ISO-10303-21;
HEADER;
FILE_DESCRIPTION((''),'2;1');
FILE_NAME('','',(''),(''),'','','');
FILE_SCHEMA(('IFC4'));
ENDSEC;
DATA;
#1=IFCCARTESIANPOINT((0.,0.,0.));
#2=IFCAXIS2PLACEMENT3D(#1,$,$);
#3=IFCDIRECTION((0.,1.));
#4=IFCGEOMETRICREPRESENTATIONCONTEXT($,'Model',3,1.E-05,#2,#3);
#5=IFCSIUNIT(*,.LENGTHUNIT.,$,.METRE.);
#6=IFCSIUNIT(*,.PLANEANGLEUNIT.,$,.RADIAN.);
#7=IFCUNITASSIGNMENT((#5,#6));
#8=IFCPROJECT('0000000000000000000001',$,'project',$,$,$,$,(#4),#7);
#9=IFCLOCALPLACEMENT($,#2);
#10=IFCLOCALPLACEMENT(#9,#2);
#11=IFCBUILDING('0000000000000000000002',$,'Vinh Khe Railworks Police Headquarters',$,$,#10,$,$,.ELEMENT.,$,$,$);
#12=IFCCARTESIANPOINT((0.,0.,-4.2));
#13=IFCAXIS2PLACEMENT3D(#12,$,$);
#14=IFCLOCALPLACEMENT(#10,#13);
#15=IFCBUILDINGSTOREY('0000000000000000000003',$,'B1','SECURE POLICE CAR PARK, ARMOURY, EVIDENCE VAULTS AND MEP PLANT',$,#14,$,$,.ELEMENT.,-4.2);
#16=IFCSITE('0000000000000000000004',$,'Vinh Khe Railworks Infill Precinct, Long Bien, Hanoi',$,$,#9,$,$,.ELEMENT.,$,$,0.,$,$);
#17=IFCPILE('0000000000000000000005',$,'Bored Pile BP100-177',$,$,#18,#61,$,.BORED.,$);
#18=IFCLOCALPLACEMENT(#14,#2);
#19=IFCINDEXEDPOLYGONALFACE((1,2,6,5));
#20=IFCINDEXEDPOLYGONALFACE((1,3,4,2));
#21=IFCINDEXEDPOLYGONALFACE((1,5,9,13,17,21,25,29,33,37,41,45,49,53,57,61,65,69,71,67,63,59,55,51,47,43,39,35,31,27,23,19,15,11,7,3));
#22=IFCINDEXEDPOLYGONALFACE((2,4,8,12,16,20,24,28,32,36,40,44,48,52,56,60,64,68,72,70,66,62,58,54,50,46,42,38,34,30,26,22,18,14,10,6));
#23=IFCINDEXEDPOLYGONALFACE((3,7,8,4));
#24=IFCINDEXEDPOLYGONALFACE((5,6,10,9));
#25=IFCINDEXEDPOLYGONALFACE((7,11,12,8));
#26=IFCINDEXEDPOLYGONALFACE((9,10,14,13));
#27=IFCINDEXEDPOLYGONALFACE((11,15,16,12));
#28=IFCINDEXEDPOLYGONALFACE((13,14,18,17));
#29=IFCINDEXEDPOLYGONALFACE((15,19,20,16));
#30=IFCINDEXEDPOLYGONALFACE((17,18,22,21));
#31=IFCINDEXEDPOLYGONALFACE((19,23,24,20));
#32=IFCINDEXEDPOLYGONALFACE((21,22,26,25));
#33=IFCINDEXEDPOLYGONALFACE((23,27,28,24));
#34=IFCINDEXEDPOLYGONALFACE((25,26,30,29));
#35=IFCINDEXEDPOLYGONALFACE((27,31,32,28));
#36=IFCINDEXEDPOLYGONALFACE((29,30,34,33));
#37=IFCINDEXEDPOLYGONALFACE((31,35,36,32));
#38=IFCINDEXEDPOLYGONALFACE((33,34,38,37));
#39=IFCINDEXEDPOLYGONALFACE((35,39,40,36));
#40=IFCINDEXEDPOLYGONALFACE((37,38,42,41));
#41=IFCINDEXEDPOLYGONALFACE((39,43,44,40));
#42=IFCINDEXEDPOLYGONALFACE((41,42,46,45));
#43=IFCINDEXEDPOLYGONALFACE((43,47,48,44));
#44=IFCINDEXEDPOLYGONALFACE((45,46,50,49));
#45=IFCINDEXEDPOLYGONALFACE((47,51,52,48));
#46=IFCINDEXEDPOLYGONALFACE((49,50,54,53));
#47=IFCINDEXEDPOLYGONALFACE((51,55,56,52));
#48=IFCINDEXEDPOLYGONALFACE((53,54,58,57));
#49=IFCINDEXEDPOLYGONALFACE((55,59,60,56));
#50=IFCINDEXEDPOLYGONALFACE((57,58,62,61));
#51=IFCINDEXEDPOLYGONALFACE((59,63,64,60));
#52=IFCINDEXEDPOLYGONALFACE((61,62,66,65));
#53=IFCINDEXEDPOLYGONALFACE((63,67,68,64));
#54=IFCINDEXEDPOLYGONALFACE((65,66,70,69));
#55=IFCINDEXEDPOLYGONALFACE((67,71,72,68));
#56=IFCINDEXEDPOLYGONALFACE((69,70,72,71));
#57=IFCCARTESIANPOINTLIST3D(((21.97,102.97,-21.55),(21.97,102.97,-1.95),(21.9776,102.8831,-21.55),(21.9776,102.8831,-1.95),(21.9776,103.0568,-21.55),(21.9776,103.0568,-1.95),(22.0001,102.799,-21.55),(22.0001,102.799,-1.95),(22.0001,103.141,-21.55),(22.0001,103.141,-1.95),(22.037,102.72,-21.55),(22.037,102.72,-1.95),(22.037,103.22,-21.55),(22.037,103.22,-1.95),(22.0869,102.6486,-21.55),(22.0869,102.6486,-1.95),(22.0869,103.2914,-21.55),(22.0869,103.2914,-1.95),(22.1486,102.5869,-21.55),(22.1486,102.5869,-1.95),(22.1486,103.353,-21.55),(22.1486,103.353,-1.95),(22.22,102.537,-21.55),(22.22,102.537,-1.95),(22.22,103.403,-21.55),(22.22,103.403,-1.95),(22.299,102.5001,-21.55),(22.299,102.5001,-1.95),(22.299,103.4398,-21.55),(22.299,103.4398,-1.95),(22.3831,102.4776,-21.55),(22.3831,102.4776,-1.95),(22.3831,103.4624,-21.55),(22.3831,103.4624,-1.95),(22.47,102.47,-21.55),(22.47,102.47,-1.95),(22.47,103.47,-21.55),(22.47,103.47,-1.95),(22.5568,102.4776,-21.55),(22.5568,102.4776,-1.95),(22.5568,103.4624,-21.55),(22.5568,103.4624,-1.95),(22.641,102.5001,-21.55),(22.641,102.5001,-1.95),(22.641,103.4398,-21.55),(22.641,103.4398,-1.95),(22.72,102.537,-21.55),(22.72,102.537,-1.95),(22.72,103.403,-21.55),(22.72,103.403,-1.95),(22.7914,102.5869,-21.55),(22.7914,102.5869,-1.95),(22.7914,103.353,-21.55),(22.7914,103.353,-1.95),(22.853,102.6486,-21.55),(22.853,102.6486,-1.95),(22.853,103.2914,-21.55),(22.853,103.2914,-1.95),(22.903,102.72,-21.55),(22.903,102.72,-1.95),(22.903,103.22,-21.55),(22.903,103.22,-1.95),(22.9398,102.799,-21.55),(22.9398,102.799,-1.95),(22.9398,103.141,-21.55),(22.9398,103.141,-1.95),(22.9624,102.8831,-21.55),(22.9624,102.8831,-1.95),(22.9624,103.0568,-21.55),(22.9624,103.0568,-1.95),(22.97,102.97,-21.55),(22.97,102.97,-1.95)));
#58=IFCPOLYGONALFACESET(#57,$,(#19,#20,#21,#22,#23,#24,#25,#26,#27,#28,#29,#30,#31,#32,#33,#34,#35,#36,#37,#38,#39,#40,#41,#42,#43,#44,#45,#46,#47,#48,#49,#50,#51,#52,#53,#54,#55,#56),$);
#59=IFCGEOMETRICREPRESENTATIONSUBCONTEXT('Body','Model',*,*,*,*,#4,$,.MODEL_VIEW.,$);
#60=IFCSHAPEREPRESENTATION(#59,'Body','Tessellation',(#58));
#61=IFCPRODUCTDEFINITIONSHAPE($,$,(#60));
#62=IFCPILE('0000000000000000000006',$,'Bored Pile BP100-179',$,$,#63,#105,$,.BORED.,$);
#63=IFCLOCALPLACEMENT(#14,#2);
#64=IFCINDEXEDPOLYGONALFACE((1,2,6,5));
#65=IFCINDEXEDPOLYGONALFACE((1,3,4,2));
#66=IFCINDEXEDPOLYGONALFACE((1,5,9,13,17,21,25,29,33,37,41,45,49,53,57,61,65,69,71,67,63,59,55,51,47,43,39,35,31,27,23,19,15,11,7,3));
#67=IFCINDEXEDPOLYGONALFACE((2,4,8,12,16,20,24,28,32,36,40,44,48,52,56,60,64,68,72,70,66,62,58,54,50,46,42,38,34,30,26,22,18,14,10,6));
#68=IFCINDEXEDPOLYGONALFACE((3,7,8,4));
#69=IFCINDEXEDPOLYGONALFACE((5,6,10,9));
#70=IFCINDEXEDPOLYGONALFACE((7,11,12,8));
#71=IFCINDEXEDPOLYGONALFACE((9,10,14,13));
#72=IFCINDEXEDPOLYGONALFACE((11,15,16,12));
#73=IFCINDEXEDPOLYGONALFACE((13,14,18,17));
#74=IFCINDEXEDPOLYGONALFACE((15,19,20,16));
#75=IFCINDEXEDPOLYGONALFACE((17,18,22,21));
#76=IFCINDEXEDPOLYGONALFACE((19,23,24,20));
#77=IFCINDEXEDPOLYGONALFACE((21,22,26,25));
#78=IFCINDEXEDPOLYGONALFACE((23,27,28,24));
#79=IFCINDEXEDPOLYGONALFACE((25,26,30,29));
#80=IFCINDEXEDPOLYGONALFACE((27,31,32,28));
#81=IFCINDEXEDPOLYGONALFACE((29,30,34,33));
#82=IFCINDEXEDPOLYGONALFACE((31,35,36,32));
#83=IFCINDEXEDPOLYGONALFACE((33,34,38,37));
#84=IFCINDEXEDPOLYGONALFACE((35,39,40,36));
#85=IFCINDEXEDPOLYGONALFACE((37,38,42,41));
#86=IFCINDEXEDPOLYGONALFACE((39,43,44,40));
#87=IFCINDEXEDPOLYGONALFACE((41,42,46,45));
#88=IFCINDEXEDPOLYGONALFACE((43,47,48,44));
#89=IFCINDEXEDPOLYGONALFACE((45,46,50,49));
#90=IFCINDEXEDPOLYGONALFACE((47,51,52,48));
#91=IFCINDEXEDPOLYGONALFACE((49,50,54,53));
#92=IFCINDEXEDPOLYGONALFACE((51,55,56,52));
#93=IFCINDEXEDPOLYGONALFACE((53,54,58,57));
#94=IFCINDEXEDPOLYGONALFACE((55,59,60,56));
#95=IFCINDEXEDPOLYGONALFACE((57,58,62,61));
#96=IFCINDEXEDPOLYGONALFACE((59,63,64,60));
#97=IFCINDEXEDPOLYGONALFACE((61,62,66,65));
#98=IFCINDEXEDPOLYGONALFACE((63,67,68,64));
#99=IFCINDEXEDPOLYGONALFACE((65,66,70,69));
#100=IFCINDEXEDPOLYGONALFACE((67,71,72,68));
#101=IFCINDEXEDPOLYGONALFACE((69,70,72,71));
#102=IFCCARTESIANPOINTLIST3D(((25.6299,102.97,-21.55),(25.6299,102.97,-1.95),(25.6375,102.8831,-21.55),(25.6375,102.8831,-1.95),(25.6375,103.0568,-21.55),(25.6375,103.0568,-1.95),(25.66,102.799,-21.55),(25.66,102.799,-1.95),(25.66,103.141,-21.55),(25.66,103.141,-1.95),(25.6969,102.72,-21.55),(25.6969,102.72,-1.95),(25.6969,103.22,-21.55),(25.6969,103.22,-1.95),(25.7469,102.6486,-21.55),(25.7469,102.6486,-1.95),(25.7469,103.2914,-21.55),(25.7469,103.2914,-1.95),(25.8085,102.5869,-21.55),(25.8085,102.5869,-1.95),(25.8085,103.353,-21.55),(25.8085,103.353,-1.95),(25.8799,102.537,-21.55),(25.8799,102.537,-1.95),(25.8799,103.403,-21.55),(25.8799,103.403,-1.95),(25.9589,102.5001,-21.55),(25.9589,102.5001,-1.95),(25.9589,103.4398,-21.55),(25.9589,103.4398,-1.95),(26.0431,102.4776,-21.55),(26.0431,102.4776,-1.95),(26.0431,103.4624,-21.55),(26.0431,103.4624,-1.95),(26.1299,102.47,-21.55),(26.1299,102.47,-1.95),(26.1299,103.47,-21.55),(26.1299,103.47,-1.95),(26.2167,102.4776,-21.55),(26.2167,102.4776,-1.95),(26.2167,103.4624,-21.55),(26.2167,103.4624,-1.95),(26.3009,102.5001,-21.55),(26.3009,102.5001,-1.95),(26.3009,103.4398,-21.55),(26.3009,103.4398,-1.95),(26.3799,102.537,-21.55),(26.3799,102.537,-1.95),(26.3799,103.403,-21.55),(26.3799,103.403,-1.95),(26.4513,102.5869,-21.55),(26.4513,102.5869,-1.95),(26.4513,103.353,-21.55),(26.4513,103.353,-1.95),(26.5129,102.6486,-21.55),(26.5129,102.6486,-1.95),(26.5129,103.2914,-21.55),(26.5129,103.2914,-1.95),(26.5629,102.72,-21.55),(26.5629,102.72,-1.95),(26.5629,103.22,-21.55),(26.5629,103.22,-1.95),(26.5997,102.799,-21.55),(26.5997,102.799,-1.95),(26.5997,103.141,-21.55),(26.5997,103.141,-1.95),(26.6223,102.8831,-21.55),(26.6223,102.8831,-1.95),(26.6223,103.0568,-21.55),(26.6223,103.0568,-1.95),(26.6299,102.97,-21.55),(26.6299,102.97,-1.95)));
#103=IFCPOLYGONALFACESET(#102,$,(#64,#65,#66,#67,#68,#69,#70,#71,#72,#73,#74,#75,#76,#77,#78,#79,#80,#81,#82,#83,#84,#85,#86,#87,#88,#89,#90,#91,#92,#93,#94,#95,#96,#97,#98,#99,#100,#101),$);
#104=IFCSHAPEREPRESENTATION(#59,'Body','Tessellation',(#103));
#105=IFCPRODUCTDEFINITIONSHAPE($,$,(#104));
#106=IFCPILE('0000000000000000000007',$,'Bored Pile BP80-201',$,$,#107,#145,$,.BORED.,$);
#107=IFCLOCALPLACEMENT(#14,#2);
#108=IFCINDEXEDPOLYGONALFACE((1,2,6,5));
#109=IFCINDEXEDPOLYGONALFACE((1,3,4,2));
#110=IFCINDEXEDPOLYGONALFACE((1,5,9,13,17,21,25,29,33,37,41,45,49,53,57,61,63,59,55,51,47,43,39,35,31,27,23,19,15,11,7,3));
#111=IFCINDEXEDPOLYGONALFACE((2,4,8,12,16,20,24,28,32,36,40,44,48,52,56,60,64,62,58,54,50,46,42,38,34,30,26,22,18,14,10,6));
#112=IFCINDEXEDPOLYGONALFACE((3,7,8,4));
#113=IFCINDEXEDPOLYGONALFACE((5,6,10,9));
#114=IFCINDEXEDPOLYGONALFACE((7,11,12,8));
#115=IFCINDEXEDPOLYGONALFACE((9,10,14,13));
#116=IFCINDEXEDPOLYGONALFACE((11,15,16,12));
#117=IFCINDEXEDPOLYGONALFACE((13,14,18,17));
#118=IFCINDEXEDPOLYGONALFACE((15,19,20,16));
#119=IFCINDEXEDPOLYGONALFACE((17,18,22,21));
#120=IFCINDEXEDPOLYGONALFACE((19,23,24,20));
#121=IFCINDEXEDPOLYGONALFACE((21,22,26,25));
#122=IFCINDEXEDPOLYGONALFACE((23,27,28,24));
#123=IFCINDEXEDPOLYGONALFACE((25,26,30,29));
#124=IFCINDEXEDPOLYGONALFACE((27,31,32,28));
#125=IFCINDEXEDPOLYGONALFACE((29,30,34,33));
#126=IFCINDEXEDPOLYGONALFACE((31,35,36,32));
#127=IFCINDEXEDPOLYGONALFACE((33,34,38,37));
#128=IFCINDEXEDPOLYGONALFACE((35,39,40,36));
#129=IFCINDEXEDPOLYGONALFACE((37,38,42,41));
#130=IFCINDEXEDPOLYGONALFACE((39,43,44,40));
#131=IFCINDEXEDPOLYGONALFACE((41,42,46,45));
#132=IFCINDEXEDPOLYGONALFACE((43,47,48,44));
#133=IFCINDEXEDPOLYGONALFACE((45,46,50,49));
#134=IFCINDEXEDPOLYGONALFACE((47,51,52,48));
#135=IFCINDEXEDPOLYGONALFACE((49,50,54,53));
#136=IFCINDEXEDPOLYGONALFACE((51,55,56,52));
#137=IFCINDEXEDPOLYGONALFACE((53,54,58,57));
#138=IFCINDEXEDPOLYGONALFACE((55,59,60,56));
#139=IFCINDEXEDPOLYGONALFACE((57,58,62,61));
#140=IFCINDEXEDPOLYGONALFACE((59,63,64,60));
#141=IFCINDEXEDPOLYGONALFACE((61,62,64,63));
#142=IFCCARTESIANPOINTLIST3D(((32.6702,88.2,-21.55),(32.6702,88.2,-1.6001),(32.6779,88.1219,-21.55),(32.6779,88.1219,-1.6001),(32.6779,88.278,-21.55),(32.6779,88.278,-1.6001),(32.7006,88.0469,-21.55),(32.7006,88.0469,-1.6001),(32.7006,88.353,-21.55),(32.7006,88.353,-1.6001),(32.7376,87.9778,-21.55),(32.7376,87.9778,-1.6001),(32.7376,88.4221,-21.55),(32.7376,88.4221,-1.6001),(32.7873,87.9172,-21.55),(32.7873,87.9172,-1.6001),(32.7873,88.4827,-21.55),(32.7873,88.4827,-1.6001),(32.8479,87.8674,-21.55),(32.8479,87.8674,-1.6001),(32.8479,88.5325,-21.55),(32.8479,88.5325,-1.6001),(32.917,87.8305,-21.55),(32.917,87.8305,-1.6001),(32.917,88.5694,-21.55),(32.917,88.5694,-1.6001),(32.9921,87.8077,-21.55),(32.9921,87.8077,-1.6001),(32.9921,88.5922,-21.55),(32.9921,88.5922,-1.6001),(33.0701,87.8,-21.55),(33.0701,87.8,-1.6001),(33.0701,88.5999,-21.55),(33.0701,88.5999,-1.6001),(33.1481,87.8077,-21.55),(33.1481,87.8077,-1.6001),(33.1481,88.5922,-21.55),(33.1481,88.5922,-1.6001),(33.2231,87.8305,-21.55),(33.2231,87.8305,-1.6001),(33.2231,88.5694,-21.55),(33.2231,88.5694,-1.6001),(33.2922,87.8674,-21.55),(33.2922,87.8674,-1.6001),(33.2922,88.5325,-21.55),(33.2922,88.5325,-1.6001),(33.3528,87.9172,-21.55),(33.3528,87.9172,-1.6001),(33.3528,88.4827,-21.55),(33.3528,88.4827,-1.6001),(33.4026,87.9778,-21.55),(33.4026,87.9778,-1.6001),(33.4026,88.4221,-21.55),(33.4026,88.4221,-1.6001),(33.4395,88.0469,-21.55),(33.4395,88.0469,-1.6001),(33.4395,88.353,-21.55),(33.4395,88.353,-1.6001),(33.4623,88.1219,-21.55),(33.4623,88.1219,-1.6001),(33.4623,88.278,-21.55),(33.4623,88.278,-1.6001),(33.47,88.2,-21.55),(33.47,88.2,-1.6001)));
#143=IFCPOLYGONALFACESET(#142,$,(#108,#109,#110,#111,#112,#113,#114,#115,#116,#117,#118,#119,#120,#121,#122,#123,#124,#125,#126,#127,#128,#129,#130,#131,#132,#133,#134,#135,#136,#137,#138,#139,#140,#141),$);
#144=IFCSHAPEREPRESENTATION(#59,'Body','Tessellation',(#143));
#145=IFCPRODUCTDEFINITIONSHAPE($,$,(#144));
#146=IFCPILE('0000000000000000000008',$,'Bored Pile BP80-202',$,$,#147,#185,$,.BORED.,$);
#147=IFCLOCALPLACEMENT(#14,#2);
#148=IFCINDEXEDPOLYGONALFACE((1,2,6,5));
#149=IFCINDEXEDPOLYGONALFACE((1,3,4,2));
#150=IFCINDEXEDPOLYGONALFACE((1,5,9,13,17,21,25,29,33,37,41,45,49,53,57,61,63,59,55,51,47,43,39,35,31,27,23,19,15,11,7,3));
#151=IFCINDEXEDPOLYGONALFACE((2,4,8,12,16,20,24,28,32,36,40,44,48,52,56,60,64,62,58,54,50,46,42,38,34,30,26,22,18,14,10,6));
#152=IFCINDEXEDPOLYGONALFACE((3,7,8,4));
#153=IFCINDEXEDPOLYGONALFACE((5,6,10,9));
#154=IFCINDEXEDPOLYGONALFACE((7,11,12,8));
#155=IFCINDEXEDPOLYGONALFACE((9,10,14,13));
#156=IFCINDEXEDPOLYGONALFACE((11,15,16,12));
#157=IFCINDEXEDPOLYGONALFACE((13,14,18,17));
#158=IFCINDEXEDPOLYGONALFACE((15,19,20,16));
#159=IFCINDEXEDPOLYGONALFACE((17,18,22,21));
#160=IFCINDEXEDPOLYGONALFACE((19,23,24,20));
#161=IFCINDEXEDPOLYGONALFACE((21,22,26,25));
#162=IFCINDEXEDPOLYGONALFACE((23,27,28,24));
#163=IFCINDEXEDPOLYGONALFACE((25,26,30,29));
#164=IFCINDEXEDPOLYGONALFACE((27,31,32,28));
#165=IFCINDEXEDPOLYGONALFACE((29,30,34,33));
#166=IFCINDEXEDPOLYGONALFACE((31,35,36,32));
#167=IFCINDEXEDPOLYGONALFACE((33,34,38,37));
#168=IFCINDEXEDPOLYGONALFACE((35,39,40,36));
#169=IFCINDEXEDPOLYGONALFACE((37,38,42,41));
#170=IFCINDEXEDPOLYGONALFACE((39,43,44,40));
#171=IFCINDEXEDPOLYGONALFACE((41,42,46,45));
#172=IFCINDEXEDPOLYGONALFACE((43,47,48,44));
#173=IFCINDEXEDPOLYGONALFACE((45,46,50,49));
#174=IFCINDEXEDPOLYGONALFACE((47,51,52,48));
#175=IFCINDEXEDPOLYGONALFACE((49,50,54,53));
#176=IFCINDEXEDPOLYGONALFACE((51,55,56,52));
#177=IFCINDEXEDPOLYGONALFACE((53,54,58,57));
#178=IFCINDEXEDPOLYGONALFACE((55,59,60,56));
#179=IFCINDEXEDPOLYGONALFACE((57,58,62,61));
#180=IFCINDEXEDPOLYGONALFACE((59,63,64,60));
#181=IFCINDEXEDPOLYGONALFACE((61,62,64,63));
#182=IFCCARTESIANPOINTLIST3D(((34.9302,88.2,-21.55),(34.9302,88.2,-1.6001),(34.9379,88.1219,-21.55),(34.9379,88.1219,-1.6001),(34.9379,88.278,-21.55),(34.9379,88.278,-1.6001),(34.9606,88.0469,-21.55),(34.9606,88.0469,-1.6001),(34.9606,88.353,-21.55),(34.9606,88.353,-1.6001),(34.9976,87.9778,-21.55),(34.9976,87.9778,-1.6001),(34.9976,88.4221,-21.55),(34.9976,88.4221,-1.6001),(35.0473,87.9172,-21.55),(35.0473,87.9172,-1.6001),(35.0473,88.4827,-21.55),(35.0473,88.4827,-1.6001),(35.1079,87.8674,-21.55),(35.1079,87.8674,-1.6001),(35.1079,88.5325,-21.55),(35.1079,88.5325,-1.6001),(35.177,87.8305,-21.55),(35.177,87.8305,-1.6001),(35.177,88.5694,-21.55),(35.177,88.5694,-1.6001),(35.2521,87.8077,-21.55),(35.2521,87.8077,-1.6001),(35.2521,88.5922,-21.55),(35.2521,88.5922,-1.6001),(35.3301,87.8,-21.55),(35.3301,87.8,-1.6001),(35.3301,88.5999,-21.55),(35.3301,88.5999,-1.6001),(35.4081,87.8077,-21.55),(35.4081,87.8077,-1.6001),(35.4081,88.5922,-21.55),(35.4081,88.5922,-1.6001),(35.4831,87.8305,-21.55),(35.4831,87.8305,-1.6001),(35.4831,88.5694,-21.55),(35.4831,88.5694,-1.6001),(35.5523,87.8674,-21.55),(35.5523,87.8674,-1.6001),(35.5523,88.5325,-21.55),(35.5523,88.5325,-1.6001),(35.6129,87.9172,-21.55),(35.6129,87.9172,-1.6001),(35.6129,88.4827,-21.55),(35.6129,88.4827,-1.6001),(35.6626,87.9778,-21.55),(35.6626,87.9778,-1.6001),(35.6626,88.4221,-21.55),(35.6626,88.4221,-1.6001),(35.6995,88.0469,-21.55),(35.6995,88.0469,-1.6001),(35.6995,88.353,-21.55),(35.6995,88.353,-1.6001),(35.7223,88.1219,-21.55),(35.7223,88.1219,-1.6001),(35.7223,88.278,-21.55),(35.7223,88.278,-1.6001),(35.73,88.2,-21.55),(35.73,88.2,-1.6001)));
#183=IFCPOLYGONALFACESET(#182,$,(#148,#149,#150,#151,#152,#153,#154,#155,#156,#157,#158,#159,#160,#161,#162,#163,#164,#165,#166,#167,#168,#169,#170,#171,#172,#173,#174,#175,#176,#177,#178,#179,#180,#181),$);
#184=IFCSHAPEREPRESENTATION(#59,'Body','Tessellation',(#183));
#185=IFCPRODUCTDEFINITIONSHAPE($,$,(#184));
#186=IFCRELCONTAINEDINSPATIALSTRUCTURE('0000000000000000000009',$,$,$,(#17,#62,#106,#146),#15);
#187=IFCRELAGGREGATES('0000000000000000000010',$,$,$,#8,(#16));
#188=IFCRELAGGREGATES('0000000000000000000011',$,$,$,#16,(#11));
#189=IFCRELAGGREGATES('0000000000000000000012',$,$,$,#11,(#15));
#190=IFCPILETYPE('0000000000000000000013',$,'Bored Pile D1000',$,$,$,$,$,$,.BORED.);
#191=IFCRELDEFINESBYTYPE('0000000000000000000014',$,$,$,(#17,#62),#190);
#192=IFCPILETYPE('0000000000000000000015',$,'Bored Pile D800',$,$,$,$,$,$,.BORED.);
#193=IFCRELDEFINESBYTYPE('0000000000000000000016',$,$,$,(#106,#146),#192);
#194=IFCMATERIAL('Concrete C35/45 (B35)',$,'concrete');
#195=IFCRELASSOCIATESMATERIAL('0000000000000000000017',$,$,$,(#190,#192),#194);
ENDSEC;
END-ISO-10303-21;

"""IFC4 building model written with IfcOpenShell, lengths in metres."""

from ifc_helpers import new_model, si_unit, direction, frame, origin, origin_2d, place, context, subcontext, project, spatial, circle, extrude, material, material_profile, profile_set, type_object, element, save


model = new_model("IFC4")

# Units and contexts
model_context = context("Model", 3, precision=1e-05, world=origin(), true_north=direction((0.0, 1.0)))
body_context = subcontext(model_context, "Body", "Model", "MODEL_VIEW")
ifc_project = project(units=[si_unit("LENGTHUNIT", "METRE"), si_unit("PLANEANGLEUNIT", "RADIAN")], contexts=[model_context])

# Site, building, storey
site_placement = place(None, origin())
site = spatial("IfcSite", under=ifc_project, at=site_placement, Name="Vinh Khe Railworks Infill Precinct, Long Bien, Hanoi", CompositionType="ELEMENT", RefElevation=0.0)
building_placement = place(site_placement, origin())
building = spatial("IfcBuilding", under=site, at=building_placement, Name="Vinh Khe Railworks Police Headquarters", CompositionType="ELEMENT")
storey_placement = place(building_placement, frame((0.0, 0.0, -4.2)))
storey = spatial("IfcBuildingStorey", under=building, at=storey_placement, Name="B1", Description="SECURE POLICE CAR PARK, ARMOURY, EVIDENCE VAULTS AND MEP PLANT", CompositionType="ELEMENT", Elevation=-4.2)

# Piles
ifc_material_1 = material(Name="Concrete C35/45 (B35)", Category="concrete")
ifc_material_profile_1 = material_profile(ifc_material_1, circle(Radius=0.5, at=origin_2d()), Name="BORED PILE D1000")
ifc_profile_set_1 = profile_set([ifc_material_profile_1], Name="Concrete C35/45 (B35)")
pile_type_1 = type_object("IfcPileType", Name="Bored Pile D1000", PredefinedType="BORED", material=ifc_profile_set_1)
for number, where, z_axis, x_axis, name in (
    (1, (22.47, 102.97, -1.95), (0.0, 0.0, -1.0), (1.0, 0.0, 0.0), "Bored Pile BP100-177"),
    (2, (26.1299, 102.97, -1.95), (0.0, 0.0, -1.0), (1.0, 0.0, 0.0), "Bored Pile BP100-179"),
):
    element("IfcPile", number, at=place(storey_placement, frame(where, z_axis=z_axis, x_axis=x_axis)), inside=storey, type_object=pile_type_1, Name=name, PredefinedType="BORED", context=body_context, shape_type="SweptSolid", body=[
        extrude(circle(Radius=0.5, at=origin_2d()), origin(), (0.0, 0.0, 1.0), 19.6001),
    ])
ifc_material_profile_2 = material_profile(ifc_material_1, circle(Radius=0.3999, at=origin_2d()), Name="BORED PILE D800")
ifc_profile_set_2 = profile_set([ifc_material_profile_2], Name="Concrete C35/45 (B35)")
pile_type_2 = type_object("IfcPileType", Name="Bored Pile D800", PredefinedType="BORED", material=ifc_profile_set_2)
for number, where, z_axis, x_axis, name in (
    (3, (33.0701, 88.2, -1.6001), (0.0, 0.0, -1.0), (1.0, 0.0, 0.0), "Bored Pile BP80-201"),
    (4, (35.3301, 88.2, -1.6001), (0.0, 0.0, -1.0), (1.0, 0.0, 0.0), "Bored Pile BP80-202"),
):
    element("IfcPile", number, at=place(storey_placement, frame(where, z_axis=z_axis, x_axis=x_axis)), inside=storey, type_object=pile_type_2, Name=name, PredefinedType="BORED", context=body_context, shape_type="SweptSolid", body=[
        extrude(circle(Radius=0.3999, at=origin_2d()), origin(), (0.0, 0.0, 1.0), 19.95),
    ])

save(model, "model.ifc")
